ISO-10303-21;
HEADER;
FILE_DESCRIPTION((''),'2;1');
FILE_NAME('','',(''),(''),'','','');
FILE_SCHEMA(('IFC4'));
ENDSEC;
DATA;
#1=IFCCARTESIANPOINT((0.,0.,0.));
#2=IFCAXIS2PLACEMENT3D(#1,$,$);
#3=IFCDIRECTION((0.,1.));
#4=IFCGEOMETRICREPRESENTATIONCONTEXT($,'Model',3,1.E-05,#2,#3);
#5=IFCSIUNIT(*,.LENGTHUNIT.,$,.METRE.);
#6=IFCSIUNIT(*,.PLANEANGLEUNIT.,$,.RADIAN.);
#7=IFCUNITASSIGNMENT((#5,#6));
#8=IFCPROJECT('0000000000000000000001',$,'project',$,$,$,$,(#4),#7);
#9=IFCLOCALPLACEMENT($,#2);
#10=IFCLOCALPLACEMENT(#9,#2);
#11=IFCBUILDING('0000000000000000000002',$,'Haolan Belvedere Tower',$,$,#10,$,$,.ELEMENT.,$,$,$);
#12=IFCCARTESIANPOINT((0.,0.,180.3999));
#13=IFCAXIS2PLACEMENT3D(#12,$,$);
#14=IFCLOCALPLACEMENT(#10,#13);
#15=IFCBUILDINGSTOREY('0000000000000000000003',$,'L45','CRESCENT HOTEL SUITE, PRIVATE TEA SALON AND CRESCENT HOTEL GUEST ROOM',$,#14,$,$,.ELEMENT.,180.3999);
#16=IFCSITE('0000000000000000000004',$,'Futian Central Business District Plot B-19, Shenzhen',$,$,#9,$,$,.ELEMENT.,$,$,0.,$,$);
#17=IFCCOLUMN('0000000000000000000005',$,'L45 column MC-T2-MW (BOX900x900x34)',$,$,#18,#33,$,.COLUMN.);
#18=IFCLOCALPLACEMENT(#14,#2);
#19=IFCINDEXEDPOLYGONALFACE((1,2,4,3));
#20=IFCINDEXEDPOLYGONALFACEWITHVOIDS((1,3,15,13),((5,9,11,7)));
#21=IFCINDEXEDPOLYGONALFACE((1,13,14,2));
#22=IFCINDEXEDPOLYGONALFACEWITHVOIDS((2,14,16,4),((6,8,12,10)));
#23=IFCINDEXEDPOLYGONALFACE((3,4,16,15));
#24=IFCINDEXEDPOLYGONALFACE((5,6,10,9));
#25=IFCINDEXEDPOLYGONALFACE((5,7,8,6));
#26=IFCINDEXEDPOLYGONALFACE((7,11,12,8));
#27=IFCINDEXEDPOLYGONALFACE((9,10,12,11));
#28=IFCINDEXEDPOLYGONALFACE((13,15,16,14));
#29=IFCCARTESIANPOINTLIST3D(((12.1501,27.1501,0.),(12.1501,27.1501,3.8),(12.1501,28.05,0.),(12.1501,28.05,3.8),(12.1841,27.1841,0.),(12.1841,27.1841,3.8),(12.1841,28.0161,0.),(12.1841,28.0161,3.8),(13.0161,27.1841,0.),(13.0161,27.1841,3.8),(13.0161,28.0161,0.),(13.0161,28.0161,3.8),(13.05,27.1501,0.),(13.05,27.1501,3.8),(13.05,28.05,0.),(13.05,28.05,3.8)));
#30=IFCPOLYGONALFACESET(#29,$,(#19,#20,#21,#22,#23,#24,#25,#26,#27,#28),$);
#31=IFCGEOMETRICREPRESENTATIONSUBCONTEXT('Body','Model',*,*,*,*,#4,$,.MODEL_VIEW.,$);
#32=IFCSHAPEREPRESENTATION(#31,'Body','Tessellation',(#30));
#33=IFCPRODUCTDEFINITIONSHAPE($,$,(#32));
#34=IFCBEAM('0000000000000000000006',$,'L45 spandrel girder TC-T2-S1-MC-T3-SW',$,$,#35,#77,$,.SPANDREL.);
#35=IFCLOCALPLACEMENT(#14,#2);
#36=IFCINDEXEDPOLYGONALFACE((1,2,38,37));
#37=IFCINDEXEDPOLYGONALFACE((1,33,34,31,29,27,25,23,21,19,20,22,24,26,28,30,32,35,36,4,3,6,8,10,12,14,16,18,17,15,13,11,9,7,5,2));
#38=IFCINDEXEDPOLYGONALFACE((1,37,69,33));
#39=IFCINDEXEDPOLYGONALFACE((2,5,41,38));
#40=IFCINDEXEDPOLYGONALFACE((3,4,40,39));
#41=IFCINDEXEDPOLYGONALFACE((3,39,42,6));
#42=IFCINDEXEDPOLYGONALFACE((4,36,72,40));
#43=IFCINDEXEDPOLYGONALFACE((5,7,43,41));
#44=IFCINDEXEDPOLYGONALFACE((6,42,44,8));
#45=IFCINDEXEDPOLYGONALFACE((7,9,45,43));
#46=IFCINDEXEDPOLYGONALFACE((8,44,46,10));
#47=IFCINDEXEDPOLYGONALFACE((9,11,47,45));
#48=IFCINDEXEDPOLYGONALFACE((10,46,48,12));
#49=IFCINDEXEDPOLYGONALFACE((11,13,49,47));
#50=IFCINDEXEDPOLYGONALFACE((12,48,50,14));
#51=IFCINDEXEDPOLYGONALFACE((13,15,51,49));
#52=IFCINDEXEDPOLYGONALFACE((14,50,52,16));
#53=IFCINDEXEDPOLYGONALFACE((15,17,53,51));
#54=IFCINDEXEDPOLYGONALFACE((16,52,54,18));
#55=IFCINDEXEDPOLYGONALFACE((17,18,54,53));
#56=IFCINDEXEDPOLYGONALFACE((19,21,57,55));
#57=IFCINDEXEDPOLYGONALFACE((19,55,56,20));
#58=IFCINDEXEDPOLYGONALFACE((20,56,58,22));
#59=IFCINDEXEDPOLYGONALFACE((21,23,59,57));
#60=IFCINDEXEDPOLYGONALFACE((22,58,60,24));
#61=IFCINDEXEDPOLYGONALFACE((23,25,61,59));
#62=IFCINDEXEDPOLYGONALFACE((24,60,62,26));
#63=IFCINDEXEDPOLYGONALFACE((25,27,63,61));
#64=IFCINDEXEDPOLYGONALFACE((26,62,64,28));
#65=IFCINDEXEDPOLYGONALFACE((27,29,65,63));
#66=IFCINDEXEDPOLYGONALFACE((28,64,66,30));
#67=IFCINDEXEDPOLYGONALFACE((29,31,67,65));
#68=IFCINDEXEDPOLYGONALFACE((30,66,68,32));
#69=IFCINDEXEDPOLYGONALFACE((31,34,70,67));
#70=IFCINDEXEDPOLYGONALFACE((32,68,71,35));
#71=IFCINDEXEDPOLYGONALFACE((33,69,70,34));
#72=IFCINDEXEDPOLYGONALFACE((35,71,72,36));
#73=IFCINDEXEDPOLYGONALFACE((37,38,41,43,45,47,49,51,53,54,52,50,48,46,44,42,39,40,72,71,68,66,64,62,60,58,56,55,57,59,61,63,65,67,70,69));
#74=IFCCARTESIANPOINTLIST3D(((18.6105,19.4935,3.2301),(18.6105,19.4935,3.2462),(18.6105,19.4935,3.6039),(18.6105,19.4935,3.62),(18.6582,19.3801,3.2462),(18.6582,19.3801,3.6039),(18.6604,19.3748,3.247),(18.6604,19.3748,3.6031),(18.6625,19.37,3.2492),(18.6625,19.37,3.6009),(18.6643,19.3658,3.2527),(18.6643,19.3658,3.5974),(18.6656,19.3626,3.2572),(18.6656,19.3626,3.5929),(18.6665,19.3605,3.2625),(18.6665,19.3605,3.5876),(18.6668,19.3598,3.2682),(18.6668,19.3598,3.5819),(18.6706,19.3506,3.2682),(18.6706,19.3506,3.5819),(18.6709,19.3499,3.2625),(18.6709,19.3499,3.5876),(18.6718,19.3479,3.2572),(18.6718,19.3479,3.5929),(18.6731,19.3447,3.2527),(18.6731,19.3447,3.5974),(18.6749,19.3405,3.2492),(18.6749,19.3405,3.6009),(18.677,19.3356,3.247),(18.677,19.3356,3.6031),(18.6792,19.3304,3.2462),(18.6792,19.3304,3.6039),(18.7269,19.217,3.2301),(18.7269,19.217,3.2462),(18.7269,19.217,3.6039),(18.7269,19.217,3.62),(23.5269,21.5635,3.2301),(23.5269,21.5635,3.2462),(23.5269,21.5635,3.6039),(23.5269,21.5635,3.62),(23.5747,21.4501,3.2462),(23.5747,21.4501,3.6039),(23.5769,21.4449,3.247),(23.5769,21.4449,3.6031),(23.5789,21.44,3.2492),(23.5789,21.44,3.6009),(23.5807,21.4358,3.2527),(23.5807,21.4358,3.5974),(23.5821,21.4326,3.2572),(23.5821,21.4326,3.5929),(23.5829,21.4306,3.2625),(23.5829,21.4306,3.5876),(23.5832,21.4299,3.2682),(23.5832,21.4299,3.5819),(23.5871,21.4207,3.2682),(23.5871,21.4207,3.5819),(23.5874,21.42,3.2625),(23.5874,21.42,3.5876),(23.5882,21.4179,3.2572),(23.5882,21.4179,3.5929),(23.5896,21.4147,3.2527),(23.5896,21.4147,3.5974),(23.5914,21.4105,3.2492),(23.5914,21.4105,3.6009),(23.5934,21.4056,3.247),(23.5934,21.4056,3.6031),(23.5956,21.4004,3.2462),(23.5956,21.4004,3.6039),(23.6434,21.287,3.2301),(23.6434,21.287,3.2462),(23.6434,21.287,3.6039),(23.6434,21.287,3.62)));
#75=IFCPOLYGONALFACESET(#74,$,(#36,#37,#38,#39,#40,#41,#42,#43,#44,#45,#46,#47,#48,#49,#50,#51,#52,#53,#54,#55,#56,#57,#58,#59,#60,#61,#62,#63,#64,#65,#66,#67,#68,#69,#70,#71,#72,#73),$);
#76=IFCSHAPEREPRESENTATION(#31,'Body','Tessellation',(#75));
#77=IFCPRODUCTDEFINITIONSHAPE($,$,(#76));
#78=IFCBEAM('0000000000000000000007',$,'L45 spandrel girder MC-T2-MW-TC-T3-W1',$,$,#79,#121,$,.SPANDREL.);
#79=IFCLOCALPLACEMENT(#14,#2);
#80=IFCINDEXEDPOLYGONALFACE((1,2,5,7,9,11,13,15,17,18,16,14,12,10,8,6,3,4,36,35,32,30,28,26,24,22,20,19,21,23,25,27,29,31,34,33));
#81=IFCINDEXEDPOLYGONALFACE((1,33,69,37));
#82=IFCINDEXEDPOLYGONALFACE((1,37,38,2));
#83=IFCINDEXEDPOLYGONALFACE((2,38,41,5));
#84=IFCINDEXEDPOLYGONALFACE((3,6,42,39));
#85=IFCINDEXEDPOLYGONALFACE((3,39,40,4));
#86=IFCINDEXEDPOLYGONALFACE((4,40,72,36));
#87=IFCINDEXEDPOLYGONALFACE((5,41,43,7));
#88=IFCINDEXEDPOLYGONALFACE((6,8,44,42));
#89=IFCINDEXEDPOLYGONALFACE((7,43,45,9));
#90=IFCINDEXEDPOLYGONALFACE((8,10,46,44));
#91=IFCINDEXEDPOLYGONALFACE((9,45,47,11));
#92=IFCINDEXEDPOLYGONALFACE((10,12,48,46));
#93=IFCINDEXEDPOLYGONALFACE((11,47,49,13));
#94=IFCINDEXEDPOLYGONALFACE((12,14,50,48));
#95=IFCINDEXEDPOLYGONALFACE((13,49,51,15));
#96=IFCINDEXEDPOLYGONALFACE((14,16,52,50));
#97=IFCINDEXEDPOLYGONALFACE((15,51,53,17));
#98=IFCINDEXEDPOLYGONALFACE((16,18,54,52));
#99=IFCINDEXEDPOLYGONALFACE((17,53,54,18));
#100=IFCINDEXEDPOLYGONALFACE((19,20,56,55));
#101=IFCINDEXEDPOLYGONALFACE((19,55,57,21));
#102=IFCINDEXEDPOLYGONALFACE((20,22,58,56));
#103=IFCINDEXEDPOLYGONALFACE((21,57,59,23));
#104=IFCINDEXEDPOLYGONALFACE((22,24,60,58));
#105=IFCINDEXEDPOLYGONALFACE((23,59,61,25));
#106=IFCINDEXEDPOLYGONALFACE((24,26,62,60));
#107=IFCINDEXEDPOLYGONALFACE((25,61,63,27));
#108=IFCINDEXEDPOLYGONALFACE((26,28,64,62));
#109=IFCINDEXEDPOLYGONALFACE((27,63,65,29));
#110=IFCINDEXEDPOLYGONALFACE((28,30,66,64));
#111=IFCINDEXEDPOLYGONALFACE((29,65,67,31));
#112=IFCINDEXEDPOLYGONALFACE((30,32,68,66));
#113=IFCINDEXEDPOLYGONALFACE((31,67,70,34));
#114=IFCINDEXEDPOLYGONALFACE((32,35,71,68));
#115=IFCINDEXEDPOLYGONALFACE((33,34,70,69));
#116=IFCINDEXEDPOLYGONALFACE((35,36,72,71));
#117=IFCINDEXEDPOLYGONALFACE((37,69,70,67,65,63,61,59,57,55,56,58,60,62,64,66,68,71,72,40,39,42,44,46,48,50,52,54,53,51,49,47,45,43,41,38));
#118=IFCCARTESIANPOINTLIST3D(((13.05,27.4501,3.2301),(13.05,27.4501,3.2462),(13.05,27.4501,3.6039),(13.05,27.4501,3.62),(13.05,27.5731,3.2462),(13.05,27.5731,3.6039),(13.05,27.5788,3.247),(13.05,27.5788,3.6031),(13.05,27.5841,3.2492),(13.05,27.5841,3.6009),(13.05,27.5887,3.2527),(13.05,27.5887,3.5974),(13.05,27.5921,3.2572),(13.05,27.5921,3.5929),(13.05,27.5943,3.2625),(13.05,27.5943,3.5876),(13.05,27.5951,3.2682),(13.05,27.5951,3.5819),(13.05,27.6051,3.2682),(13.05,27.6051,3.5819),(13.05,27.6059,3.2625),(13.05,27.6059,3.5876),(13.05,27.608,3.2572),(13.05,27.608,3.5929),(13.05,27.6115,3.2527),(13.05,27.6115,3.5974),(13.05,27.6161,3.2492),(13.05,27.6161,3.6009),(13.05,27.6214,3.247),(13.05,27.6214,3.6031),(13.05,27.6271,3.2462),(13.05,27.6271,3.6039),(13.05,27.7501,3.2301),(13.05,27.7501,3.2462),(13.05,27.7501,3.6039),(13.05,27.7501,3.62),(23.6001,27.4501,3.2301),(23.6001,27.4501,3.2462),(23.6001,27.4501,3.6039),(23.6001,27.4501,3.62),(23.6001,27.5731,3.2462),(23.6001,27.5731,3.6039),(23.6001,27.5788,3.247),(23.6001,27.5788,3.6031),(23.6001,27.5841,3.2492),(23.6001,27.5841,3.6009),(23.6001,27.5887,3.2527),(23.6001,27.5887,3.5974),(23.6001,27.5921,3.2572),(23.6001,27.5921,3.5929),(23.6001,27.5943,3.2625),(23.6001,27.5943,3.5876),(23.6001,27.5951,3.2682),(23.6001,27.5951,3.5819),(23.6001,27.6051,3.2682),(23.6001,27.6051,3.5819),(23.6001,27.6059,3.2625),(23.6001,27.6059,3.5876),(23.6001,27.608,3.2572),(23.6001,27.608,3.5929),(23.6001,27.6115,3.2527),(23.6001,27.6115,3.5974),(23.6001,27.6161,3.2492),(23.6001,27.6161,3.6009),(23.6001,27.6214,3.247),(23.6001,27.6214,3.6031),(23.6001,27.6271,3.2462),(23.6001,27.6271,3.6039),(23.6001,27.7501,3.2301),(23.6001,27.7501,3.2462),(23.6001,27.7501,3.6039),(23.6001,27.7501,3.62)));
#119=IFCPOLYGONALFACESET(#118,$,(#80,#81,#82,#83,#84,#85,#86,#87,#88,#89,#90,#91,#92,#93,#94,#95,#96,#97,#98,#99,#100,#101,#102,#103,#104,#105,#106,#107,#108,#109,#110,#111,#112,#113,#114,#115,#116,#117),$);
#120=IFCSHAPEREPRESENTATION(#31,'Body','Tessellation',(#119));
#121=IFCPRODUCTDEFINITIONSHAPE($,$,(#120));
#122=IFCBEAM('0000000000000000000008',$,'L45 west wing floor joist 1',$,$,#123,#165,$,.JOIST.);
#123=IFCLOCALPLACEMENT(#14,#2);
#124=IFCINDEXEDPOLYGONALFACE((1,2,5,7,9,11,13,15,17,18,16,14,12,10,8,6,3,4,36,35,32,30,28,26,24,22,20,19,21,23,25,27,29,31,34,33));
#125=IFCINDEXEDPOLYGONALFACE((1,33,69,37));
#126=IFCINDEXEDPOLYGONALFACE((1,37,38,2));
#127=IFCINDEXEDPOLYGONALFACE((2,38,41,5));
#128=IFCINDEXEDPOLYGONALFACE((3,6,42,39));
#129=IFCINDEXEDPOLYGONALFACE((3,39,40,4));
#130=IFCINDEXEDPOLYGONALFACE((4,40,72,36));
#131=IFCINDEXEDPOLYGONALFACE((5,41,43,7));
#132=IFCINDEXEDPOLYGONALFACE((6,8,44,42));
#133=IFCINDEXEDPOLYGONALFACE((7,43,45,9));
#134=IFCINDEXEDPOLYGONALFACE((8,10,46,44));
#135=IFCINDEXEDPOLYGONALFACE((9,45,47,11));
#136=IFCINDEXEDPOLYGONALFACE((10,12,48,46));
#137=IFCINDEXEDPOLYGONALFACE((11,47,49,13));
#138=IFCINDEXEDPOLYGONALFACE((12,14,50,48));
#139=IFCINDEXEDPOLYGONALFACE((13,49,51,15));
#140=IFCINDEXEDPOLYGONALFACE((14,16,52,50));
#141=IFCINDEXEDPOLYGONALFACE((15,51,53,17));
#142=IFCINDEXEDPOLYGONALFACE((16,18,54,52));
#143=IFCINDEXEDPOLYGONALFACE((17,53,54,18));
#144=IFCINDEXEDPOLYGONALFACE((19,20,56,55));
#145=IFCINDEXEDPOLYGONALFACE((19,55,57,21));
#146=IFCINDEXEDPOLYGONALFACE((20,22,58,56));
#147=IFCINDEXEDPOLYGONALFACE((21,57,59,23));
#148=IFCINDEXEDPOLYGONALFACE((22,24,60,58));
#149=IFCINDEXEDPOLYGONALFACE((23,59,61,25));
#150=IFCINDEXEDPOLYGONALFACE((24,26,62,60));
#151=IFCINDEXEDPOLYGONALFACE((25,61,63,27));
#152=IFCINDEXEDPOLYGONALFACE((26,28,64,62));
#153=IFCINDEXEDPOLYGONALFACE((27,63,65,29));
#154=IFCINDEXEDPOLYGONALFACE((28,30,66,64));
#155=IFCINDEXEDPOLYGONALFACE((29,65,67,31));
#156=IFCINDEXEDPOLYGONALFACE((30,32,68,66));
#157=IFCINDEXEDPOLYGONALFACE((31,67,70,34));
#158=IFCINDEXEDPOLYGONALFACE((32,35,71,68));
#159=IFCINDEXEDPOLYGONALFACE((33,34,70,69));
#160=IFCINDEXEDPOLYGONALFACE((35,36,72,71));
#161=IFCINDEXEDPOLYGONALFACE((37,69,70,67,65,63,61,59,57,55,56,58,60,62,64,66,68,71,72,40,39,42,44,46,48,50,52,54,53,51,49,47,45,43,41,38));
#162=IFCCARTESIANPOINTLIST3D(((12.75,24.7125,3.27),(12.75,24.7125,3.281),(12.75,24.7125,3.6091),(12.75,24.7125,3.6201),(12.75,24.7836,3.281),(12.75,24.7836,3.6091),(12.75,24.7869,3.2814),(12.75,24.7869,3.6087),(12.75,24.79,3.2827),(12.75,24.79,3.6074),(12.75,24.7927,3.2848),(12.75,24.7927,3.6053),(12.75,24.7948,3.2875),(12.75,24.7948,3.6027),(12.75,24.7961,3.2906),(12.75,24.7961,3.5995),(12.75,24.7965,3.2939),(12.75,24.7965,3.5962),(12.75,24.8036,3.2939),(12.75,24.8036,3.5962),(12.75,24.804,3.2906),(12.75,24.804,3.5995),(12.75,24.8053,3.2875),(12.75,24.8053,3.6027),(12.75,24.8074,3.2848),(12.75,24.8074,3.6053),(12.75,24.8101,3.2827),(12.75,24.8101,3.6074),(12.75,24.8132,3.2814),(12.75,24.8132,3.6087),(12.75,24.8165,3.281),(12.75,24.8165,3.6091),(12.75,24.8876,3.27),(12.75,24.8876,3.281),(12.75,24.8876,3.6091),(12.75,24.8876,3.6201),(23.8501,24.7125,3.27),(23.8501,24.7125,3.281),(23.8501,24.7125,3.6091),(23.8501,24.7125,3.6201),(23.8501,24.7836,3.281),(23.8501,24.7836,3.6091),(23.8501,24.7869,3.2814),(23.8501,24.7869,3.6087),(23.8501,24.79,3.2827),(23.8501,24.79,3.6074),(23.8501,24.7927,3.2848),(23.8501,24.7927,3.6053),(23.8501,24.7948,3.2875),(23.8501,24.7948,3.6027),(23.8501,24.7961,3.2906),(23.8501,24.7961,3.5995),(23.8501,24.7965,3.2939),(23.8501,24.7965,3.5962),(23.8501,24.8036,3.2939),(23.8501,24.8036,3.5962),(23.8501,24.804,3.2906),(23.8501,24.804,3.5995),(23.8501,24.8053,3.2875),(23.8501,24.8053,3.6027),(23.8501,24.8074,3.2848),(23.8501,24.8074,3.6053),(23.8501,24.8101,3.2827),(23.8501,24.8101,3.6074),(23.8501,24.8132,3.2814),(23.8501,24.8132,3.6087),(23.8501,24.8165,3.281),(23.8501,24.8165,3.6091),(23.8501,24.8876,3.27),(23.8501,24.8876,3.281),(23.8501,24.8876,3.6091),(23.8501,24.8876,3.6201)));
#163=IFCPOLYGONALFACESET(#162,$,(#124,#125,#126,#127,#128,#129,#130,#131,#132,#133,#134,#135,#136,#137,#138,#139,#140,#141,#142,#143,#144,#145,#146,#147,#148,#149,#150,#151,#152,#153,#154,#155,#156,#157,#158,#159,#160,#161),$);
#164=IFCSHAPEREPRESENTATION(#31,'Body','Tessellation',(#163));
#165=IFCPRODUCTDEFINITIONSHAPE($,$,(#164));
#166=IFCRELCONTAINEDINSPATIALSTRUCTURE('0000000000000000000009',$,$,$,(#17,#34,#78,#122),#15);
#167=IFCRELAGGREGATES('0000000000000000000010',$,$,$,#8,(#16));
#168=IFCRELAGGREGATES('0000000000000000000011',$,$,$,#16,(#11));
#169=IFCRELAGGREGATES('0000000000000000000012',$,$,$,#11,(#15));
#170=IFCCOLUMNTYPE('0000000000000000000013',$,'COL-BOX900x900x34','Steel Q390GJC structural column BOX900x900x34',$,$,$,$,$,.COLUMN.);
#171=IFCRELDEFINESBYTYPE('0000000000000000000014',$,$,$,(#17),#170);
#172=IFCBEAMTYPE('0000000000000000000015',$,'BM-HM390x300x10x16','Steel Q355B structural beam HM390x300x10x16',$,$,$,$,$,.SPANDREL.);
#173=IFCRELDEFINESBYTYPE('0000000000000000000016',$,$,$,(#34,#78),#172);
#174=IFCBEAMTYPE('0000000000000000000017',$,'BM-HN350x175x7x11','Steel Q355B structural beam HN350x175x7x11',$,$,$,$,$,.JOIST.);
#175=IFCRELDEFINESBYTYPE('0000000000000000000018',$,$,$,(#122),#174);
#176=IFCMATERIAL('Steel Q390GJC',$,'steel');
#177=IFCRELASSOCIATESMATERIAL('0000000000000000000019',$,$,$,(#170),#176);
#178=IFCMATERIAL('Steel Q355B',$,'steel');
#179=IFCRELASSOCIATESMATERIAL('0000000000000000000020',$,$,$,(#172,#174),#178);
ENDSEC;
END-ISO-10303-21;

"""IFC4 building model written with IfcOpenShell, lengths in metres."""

from ifc_helpers import new_model, si_unit, direction, frame, origin, origin_2d, place, context, subcontext, project, spatial, hollow_rectangle, i_section, extrude, material, material_profile, profile_set, type_object, element, save


model = new_model("IFC4")

# Units and contexts
model_context = context("Model", 3, precision=1e-05, world=origin(), true_north=direction((0.0, 1.0)))
body_context = subcontext(model_context, "Body", "Model", "MODEL_VIEW")
ifc_project = project(units=[si_unit("LENGTHUNIT", "METRE"), si_unit("PLANEANGLEUNIT", "RADIAN")], contexts=[model_context])

# Site, building, storey
site_placement = place(None, origin())
site = spatial("IfcSite", under=ifc_project, at=site_placement, Name="Futian Central Business District Plot B-19, Shenzhen", CompositionType="ELEMENT", RefElevation=0.0)
building_placement = place(site_placement, origin())
building = spatial("IfcBuilding", under=site, at=building_placement, Name="Haolan Belvedere Tower", CompositionType="ELEMENT")
storey_placement = place(building_placement, frame((0.0, 0.0, 180.3999)))
storey = spatial("IfcBuildingStorey", under=building, at=storey_placement, Name="L45", Description="CRESCENT HOTEL SUITE, PRIVATE TEA SALON AND CRESCENT HOTEL GUEST ROOM", CompositionType="ELEMENT", Elevation=180.3999)

# Column
ifc_material_1 = material(Name="Steel Q390GJC", Category="steel")
ifc_material_profile_1 = material_profile(ifc_material_1, hollow_rectangle(XDim=0.8999, YDim=0.8999, WallThickness=0.0339, at=origin_2d()), Name="Steel Q390GJC")
ifc_profile_set_1 = profile_set([ifc_material_profile_1], Name="Steel Q390GJC")
column_type = type_object("IfcColumnType", Name="COL-BOX900x900x34", Description="Steel Q390GJC structural column BOX900x900x34", PredefinedType="COLUMN", material=ifc_profile_set_1)
column_placement = place(storey_placement, frame((12.6001, 27.6001, 0.0), z_axis=(0.0, 0.0, 1.0), x_axis=(1.0, 0.0, 0.0)))
element("IfcColumn", 1, at=column_placement, inside=storey, type_object=column_type, Name="L45 column MC-T2-MW (BOX900x900x34)", PredefinedType="COLUMN", context=body_context, shape_type="SweptSolid", body=[
    extrude(hollow_rectangle(XDim=0.8999, YDim=0.8999, WallThickness=0.0339, at=origin_2d()), origin(), (0.0, 0.0, 1.0), 3.8),
])

# Beams
ifc_material_2 = material(Name="Steel Q355B", Category="steel")
ifc_material_profile_2 = material_profile(ifc_material_2, i_section(OverallWidth=0.3, OverallDepth=0.3899, WebThickness=0.01, FlangeThickness=0.0161, FilletRadius=0.022, at=origin_2d()), Name="Steel Q355B")
ifc_profile_set_2 = profile_set([ifc_material_profile_2], Name="Steel Q355B")
beam_type_1 = type_object("IfcBeamType", Name="BM-HM390x300x10x16", Description="Steel Q355B structural beam HM390x300x10x16", PredefinedType="SPANDREL", material=ifc_profile_set_2)
beam_1_placement = place(storey_placement, frame((18.6687, 19.3552, 3.425), z_axis=(0.921638, 0.388051, 0.0), x_axis=(-0.388051, 0.921638, 0.0)))
element("IfcBeam", 2, at=beam_1_placement, inside=storey, type_object=beam_type_1, Name="L45 spandrel girder TC-T2-S1-MC-T3-SW", PredefinedType="SPANDREL", context=body_context, shape_type="SweptSolid", body=[
    extrude(i_section(OverallWidth=0.3, OverallDepth=0.3899, WebThickness=0.01, FlangeThickness=0.0161, FilletRadius=0.022, at=origin_2d()), origin(), (0.0, 0.0, 1.0), 5.3345),
])
beam_2_placement = place(storey_placement, frame((13.05, 27.6001, 3.425), z_axis=(1.0, 0.0, 0.0), x_axis=(0.0, 1.0, 0.0)))
element("IfcBeam", 3, at=beam_2_placement, inside=storey, type_object=beam_type_1, Name="L45 spandrel girder MC-T2-MW-TC-T3-W1", PredefinedType="SPANDREL", context=body_context, shape_type="SweptSolid", body=[
    extrude(i_section(OverallWidth=0.3, OverallDepth=0.3899, WebThickness=0.01, FlangeThickness=0.0161, FilletRadius=0.022, at=origin_2d()), origin(), (0.0, 0.0, 1.0), 10.55),
])
ifc_material_profile_3 = material_profile(ifc_material_2, i_section(OverallWidth=0.175, OverallDepth=0.3501, WebThickness=0.0071, FlangeThickness=0.011, FilletRadius=0.0129, at=origin_2d()), Name="Steel Q355B")
ifc_profile_set_3 = profile_set([ifc_material_profile_3], Name="Steel Q355B")
beam_type_2 = type_object("IfcBeamType", Name="BM-HN350x175x7x11", Description="Steel Q355B structural beam HN350x175x7x11", PredefinedType="JOIST", material=ifc_profile_set_3)
beam_3_placement = place(storey_placement, frame((12.75, 24.8, 3.4451), z_axis=(1.0, 0.0, 0.0), x_axis=(0.0, 1.0, 0.0)))
element("IfcBeam", 4, at=beam_3_placement, inside=storey, type_object=beam_type_2, Name="L45 west wing floor joist 1", PredefinedType="JOIST", context=body_context, shape_type="SweptSolid", body=[
    extrude(i_section(OverallWidth=0.175, OverallDepth=0.3501, WebThickness=0.0071, FlangeThickness=0.011, FilletRadius=0.0129, at=origin_2d()), origin(), (0.0, 0.0, 1.0), 11.1001),
])

save(model, "model.ifc")
